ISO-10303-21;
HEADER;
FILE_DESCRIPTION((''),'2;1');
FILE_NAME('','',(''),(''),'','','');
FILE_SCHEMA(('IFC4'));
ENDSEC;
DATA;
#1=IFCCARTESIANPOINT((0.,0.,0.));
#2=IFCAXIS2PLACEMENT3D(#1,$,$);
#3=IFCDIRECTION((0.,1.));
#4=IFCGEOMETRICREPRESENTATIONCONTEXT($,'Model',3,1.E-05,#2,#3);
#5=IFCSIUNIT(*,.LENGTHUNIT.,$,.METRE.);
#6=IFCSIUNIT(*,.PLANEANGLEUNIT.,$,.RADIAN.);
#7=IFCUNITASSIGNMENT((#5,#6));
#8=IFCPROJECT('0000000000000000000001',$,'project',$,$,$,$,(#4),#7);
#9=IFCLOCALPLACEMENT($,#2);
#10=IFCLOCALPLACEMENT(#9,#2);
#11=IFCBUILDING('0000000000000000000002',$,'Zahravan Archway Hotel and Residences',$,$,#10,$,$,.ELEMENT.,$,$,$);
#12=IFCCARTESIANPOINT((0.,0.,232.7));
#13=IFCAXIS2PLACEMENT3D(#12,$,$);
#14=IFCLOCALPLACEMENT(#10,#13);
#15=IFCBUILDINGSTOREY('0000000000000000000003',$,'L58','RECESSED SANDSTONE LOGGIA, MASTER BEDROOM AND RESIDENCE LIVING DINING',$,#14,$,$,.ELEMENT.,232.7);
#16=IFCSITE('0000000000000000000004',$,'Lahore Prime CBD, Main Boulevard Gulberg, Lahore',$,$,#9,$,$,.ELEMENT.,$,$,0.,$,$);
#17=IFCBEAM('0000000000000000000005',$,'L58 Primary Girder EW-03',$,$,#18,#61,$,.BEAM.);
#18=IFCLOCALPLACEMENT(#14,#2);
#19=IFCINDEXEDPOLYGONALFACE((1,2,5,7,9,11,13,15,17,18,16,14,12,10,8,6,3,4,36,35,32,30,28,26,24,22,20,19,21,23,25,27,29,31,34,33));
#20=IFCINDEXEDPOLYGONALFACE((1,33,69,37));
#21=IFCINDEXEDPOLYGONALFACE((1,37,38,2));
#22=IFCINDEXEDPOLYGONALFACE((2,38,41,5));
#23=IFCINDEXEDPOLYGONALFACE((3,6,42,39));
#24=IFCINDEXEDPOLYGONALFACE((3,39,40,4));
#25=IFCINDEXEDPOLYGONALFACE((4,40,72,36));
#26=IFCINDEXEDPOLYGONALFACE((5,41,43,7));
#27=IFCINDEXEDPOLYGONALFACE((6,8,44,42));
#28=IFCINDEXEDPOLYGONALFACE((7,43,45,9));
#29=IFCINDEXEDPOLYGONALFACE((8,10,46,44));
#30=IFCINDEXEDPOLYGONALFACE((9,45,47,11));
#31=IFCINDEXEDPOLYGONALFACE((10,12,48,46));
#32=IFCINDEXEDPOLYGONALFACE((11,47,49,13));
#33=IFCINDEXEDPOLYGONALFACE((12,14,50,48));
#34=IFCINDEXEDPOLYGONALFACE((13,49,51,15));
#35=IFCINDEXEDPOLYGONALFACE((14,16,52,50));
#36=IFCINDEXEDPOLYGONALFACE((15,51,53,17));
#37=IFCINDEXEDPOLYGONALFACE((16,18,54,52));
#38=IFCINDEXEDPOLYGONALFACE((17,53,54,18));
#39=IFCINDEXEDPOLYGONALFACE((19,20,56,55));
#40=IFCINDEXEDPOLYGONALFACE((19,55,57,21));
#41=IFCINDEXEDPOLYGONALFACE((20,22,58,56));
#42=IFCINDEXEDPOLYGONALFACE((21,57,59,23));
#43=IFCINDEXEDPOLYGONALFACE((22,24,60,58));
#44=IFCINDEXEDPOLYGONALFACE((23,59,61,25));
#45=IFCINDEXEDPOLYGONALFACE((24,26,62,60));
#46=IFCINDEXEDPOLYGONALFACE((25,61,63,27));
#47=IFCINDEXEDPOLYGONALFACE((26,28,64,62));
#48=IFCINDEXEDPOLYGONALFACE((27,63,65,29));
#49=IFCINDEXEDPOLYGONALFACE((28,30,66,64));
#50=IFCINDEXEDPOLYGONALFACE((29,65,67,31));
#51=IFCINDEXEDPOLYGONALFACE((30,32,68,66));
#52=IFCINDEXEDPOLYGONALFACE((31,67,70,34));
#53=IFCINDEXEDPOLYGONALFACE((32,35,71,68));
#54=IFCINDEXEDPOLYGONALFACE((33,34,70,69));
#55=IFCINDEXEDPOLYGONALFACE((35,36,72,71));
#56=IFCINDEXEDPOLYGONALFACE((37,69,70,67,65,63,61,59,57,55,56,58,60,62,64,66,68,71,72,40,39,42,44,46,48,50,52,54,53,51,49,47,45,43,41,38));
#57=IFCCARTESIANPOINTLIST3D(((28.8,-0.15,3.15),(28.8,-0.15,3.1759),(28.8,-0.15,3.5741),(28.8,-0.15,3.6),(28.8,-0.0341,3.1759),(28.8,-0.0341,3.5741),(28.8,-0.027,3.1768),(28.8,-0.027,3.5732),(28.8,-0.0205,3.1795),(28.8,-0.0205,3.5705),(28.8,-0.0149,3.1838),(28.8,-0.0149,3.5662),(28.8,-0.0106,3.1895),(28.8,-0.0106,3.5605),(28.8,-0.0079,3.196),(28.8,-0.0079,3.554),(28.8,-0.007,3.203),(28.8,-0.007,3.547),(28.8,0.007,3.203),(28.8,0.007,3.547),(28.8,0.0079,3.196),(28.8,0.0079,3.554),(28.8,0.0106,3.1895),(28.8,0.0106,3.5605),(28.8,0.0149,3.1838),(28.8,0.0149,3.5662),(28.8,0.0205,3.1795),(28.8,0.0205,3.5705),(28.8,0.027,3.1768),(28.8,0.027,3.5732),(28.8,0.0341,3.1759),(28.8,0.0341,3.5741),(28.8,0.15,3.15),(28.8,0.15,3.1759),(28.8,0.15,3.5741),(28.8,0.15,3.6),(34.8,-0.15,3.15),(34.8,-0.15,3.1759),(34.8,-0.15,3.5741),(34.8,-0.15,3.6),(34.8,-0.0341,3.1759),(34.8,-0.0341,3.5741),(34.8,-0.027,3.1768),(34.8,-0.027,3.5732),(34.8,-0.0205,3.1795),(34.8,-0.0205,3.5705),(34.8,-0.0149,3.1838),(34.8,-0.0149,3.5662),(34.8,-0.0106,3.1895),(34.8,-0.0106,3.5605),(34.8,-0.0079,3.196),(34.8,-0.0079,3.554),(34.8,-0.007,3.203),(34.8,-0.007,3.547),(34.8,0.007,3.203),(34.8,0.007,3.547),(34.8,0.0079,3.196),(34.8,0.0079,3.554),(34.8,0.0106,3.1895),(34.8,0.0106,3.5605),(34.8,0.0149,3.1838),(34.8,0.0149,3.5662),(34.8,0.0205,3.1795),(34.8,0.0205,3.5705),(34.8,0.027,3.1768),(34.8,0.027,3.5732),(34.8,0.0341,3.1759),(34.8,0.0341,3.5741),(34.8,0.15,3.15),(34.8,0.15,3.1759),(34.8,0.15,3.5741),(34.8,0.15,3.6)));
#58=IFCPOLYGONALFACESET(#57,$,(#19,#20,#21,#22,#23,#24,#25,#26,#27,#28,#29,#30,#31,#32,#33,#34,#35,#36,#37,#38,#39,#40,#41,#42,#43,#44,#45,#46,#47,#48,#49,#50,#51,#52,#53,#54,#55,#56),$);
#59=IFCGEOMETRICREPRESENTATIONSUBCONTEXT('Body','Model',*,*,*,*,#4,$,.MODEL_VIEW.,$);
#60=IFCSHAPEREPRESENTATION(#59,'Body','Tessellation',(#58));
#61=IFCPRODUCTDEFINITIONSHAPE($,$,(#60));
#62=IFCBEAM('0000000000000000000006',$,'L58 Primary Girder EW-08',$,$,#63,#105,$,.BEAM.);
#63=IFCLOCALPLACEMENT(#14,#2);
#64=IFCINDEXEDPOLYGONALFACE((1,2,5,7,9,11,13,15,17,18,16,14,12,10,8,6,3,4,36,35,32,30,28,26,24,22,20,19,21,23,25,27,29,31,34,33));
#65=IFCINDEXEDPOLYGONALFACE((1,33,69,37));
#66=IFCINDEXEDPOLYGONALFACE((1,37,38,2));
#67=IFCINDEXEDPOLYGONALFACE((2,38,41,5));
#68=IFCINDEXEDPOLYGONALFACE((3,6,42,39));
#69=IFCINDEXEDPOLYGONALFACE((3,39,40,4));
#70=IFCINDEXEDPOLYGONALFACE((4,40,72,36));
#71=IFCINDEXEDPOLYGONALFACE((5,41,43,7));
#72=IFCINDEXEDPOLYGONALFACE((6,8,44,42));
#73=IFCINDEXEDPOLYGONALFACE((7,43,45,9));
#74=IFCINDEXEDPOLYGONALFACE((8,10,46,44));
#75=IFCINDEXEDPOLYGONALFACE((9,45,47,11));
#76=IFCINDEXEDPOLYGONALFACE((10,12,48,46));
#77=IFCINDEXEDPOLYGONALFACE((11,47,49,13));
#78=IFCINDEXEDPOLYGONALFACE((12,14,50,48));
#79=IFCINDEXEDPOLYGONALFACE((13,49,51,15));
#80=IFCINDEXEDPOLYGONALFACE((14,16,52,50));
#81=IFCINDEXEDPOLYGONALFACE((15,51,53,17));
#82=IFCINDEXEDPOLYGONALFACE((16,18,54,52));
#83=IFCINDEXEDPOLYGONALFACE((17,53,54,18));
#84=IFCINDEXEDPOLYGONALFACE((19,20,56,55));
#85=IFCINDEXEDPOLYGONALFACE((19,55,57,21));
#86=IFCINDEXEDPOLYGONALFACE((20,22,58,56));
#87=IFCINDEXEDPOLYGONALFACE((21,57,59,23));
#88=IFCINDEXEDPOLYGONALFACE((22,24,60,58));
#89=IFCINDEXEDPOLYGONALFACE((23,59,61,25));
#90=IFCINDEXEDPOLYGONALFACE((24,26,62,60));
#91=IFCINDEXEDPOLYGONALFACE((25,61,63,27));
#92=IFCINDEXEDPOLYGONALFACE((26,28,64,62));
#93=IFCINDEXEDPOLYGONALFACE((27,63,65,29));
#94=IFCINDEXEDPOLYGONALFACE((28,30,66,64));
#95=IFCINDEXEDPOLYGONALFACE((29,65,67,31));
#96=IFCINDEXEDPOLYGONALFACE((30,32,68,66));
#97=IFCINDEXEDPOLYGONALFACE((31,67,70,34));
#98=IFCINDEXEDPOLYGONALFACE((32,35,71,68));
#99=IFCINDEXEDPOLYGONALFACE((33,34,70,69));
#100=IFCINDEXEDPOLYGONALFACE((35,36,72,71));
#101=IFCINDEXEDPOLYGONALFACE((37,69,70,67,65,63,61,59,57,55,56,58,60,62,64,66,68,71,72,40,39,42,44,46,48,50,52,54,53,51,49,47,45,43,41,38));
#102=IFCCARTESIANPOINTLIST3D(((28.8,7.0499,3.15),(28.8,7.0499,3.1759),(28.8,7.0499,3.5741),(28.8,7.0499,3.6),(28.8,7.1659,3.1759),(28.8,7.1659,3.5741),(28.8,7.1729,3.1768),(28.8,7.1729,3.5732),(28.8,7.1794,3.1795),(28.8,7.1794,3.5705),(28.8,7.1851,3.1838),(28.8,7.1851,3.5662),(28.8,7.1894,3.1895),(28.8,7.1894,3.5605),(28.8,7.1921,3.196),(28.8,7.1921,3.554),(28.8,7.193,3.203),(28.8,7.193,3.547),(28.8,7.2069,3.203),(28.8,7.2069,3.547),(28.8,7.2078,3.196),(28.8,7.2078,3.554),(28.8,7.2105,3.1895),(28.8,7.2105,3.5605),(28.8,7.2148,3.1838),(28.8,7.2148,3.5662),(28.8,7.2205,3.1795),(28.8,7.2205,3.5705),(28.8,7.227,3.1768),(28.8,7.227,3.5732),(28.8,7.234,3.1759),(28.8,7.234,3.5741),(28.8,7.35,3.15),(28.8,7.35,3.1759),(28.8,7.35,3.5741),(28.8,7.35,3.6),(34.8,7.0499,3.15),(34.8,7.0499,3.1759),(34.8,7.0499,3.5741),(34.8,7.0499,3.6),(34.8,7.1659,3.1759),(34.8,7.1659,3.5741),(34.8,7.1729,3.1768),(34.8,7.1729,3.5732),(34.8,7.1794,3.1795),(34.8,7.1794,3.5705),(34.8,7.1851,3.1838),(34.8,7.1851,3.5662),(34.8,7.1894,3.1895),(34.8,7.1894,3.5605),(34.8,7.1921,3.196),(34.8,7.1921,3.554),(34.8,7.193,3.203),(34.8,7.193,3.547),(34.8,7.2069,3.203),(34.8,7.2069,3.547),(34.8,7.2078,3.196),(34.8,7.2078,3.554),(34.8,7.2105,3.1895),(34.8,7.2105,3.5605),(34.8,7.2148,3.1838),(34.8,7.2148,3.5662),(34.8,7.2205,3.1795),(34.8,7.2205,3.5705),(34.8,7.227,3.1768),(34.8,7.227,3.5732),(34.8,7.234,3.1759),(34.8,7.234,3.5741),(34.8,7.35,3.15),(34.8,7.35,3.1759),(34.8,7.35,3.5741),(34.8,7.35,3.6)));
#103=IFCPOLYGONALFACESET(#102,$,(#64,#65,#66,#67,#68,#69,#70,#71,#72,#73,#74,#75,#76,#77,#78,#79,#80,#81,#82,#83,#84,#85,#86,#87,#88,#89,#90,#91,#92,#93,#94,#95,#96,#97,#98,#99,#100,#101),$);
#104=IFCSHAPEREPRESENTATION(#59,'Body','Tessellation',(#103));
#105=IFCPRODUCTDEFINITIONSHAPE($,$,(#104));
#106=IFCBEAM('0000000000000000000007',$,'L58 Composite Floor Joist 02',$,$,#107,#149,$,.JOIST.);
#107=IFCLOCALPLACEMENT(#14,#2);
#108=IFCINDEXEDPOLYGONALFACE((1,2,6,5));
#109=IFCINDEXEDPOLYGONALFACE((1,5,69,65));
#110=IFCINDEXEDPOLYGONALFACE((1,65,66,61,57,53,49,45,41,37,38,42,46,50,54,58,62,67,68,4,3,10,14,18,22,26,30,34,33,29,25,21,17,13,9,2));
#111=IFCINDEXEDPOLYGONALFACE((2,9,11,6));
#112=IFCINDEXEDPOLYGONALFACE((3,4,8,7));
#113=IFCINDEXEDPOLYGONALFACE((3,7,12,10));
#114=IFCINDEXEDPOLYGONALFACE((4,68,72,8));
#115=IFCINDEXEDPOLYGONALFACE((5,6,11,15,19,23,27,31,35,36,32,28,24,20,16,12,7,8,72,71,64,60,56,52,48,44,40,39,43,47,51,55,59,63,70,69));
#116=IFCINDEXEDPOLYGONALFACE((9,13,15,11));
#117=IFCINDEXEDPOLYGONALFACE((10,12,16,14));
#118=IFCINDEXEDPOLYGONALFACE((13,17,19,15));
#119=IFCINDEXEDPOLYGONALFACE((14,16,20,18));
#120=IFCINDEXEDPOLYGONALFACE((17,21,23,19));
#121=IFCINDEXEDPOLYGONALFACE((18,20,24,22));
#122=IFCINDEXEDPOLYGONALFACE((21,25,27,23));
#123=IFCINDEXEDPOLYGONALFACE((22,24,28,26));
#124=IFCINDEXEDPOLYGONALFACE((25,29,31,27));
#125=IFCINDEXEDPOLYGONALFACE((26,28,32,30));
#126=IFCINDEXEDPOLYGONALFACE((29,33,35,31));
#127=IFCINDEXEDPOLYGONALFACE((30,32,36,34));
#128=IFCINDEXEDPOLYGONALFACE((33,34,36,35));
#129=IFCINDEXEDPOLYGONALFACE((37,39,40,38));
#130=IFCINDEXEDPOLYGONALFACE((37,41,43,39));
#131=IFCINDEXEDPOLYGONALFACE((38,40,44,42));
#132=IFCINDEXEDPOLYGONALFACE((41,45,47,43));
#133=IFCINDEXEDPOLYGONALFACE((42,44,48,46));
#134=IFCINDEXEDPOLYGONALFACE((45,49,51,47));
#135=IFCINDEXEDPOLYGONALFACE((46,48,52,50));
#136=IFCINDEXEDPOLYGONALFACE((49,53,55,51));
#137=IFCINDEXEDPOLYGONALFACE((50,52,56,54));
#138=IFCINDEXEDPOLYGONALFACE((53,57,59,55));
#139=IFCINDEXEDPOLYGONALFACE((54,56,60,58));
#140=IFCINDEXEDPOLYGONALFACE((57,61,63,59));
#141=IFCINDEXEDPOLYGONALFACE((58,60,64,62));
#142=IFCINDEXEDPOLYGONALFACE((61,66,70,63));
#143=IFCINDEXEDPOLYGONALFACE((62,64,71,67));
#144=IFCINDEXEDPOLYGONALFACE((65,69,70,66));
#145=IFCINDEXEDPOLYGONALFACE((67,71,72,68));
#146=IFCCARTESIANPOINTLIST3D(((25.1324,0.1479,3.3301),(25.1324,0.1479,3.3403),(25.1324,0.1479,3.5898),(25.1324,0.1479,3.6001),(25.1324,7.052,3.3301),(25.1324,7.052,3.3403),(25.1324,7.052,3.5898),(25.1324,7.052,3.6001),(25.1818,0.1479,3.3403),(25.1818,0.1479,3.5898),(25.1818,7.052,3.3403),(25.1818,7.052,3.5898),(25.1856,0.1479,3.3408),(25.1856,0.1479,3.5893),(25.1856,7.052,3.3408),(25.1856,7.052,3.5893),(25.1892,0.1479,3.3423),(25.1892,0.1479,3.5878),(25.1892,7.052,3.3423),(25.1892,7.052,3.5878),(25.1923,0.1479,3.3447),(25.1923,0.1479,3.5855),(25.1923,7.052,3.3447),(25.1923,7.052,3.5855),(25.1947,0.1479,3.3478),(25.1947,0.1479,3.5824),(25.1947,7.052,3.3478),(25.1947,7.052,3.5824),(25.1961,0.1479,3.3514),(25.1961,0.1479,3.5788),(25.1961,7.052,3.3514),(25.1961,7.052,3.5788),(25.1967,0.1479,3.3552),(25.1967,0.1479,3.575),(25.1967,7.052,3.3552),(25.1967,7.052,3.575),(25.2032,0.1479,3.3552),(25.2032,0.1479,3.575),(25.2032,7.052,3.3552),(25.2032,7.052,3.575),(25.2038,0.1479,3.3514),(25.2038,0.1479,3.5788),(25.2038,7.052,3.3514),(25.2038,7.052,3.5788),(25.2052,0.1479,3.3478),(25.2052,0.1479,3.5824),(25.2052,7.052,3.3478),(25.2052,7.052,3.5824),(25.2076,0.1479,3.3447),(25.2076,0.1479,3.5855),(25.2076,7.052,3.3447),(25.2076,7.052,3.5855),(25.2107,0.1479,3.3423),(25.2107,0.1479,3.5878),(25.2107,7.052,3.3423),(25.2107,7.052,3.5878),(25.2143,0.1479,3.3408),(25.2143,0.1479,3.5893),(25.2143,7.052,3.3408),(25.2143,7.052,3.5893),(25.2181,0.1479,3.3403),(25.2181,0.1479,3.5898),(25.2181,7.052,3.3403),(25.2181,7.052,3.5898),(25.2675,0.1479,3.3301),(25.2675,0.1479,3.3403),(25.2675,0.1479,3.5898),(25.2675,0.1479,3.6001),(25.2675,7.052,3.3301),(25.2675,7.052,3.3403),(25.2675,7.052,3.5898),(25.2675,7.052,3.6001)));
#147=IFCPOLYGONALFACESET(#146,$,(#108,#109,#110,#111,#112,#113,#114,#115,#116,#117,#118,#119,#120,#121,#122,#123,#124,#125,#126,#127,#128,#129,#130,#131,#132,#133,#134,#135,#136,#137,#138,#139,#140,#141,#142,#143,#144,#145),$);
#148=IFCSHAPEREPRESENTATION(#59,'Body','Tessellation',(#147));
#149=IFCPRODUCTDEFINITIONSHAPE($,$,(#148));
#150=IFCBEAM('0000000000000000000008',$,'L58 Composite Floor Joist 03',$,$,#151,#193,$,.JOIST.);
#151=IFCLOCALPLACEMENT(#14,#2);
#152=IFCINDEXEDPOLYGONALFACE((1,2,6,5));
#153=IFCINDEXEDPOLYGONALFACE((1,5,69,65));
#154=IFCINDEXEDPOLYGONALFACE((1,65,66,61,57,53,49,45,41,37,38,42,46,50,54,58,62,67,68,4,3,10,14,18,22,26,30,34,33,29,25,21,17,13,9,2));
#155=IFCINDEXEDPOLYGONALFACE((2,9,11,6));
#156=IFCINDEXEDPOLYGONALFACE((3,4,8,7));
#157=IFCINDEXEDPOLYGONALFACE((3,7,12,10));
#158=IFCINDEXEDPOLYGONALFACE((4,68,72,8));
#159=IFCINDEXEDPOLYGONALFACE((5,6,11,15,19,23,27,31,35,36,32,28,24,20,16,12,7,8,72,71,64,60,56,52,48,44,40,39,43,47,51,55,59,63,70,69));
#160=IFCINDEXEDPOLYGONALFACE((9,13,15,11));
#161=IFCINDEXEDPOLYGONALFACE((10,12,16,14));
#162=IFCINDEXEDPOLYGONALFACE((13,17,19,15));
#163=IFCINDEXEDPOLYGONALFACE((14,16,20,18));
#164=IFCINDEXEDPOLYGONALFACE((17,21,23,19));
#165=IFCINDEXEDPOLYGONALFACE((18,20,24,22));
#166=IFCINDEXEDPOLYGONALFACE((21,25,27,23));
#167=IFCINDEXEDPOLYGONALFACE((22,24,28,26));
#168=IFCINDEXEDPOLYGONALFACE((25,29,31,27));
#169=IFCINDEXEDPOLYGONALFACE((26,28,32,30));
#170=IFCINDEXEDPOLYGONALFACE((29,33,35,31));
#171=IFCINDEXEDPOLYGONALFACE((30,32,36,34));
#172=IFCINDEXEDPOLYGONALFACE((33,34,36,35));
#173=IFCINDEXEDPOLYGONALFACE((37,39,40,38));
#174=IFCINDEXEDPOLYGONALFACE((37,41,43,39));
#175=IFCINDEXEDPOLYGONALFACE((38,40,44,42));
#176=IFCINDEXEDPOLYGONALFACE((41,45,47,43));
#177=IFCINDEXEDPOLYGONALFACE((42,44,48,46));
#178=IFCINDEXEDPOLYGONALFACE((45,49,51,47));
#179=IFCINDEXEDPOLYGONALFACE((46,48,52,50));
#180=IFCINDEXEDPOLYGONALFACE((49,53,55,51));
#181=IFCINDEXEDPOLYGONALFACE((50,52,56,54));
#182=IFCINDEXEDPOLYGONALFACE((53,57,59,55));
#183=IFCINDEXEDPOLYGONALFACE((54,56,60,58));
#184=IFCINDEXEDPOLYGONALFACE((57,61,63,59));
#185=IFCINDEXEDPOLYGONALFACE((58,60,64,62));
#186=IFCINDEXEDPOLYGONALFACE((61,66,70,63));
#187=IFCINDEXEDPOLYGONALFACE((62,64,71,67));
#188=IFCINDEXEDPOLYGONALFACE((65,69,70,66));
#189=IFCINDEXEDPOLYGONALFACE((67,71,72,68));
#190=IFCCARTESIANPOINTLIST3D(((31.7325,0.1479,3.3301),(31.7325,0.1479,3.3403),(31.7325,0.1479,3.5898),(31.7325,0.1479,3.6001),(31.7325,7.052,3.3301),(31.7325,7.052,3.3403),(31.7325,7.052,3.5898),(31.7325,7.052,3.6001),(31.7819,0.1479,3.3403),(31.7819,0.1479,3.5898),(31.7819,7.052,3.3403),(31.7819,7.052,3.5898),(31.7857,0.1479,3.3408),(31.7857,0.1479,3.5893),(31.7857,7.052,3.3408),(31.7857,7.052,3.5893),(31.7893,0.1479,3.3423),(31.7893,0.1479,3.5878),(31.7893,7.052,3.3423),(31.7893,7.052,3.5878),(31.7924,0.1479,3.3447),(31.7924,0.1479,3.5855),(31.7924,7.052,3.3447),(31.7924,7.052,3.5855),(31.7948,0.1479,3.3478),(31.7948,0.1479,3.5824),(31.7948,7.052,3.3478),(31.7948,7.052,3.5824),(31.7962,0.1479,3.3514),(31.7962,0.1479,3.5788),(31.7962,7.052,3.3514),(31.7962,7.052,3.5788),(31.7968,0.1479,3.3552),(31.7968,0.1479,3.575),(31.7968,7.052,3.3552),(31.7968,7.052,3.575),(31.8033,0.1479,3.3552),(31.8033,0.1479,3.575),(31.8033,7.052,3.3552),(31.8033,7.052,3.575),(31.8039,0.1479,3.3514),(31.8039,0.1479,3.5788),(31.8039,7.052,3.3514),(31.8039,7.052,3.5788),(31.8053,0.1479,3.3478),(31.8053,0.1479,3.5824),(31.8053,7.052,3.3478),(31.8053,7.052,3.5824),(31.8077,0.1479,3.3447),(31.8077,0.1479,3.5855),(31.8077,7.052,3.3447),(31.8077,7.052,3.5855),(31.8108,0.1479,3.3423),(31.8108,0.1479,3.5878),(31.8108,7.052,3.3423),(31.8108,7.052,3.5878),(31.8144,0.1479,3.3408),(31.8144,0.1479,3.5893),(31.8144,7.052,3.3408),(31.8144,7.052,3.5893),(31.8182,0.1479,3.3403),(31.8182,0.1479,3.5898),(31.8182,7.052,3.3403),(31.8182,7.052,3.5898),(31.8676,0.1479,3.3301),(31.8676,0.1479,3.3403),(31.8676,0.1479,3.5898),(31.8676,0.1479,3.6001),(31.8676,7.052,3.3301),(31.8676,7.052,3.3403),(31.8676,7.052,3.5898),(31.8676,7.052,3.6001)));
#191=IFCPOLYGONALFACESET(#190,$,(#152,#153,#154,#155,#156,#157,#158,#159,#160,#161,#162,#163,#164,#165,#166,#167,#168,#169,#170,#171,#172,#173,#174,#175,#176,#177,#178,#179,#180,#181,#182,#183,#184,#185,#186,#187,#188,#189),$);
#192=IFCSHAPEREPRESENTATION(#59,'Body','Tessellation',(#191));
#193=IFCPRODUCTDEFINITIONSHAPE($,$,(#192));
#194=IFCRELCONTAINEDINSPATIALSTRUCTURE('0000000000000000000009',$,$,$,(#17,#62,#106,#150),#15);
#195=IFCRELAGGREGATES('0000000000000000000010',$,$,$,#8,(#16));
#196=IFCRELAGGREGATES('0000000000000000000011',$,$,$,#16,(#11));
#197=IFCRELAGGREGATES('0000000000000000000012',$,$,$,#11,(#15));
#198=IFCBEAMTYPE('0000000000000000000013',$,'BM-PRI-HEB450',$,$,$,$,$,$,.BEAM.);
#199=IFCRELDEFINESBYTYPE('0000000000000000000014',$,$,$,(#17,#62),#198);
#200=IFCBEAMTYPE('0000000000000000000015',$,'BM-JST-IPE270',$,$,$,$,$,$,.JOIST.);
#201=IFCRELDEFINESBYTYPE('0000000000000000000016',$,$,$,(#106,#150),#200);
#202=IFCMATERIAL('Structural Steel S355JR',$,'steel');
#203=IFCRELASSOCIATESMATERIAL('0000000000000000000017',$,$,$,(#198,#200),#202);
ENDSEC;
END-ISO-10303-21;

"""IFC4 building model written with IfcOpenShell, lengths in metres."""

from ifc_helpers import new_model, si_unit, direction, frame, origin, origin_2d, place, context, subcontext, project, spatial, i_section, extrude, source, transform, mapped, material, material_profile, profile_set, type_object, type_shapes, element, save


model = new_model("IFC4")

# Units and contexts
model_context = context("Model", 3, precision=1e-05, world=origin(), true_north=direction((0.0, 1.0)))
body_context = subcontext(model_context, "Body", "Model", "MODEL_VIEW")
ifc_project = project(units=[si_unit("LENGTHUNIT", "METRE"), si_unit("PLANEANGLEUNIT", "RADIAN")], contexts=[model_context])

# Site, building, storey
site_placement = place(None, origin())
site = spatial("IfcSite", under=ifc_project, at=site_placement, Name="Lahore Prime CBD, Main Boulevard Gulberg, Lahore", CompositionType="ELEMENT", RefElevation=0.0)
building_placement = place(site_placement, origin())
building = spatial("IfcBuilding", under=site, at=building_placement, Name="Zahravan Archway Hotel and Residences", CompositionType="ELEMENT")
storey_placement = place(building_placement, frame((0.0, 0.0, 232.7)))
storey = spatial("IfcBuildingStorey", under=building, at=storey_placement, Name="L58", Description="RECESSED SANDSTONE LOGGIA, MASTER BEDROOM AND RESIDENCE LIVING DINING", CompositionType="ELEMENT", Elevation=232.7)

# Beams
ifc_material_1 = material(Name="Structural Steel S355JR", Category="steel")
ifc_material_profile_1 = material_profile(ifc_material_1, i_section(OverallWidth=0.3, OverallDepth=0.45, WebThickness=0.0139, FlangeThickness=0.0259, FilletRadius=0.0271, at=origin_2d()), Name="HEB 450", Category="steel")
ifc_profile_set_1 = profile_set([ifc_material_profile_1], Name="Structural Steel S355JR")
beam_type_1 = type_object("IfcBeamType", Name="BM-PRI-HEB450", PredefinedType="BEAM", material=ifc_profile_set_1)
shared_shape_1 = source(origin(), body_context, "Body", "SweptSolid", [
    extrude(i_section(OverallWidth=0.3, OverallDepth=0.45, WebThickness=0.0139, FlangeThickness=0.0259, FilletRadius=0.0271, at=origin_2d()), origin(), (0.0, 0.0, 1.0), 6.0),
])
for number, where, z_axis, x_axis, name in (
    (1, (28.8, 0.0, 3.375), (1.0, 0.0, 0.0), (0.0, 1.0, 0.0), "L58 Primary Girder EW-03"),
    (2, (28.8, 7.2, 3.375), (1.0, 0.0, 0.0), (0.0, 1.0, 0.0), "L58 Primary Girder EW-08"),
):
    element("IfcBeam", number, at=place(storey_placement, frame(where, z_axis=z_axis, x_axis=x_axis)), inside=storey, type_object=beam_type_1, Name=name, PredefinedType="BEAM", context=body_context, shape_type="MappedRepresentation", body=[
        mapped(shared_shape_1, transform((0.0, 0.0, 0.0), scale=1.0)),
    ])
ifc_material_profile_2 = material_profile(ifc_material_1, i_section(OverallWidth=0.135, OverallDepth=0.27, WebThickness=0.0066, FlangeThickness=0.0103, FilletRadius=0.0149, at=origin_2d()), Name="IPE 270", Category="steel")
ifc_profile_set_2 = profile_set([ifc_material_profile_2], Name="Structural Steel S355JR")
beam_type_2 = type_object("IfcBeamType", Name="BM-JST-IPE270", PredefinedType="JOIST", material=ifc_profile_set_2)
shared_shape_2 = source(origin(), body_context, "Body", "SweptSolid", [
    extrude(i_section(OverallWidth=0.135, OverallDepth=0.27, WebThickness=0.0066, FlangeThickness=0.0103, FilletRadius=0.0149, at=origin_2d()), origin(), (0.0, 0.0, 1.0), 6.9041),
])
type_shapes(beam_type_2, [shared_shape_2])
for number, where, z_axis, x_axis, name in (
    (3, (25.2, 0.1479, 3.4651), (0.0, 1.0, 0.0), (-1.0, 0.0, 0.0), "L58 Composite Floor Joist 02"),
    (4, (31.8, 0.1479, 3.4651), (0.0, 1.0, 0.0), (-1.0, 0.0, 0.0), "L58 Composite Floor Joist 03"),
):
    element("IfcBeam", number, at=place(storey_placement, frame(where, z_axis=z_axis, x_axis=x_axis)), inside=storey, type_object=beam_type_2, Name=name, PredefinedType="JOIST", context=body_context, shape_type="MappedRepresentation", body=[
        mapped(shared_shape_2, transform((0.0, 0.0, 0.0), scale=1.0)),
    ])

save(model, "model.ifc")
